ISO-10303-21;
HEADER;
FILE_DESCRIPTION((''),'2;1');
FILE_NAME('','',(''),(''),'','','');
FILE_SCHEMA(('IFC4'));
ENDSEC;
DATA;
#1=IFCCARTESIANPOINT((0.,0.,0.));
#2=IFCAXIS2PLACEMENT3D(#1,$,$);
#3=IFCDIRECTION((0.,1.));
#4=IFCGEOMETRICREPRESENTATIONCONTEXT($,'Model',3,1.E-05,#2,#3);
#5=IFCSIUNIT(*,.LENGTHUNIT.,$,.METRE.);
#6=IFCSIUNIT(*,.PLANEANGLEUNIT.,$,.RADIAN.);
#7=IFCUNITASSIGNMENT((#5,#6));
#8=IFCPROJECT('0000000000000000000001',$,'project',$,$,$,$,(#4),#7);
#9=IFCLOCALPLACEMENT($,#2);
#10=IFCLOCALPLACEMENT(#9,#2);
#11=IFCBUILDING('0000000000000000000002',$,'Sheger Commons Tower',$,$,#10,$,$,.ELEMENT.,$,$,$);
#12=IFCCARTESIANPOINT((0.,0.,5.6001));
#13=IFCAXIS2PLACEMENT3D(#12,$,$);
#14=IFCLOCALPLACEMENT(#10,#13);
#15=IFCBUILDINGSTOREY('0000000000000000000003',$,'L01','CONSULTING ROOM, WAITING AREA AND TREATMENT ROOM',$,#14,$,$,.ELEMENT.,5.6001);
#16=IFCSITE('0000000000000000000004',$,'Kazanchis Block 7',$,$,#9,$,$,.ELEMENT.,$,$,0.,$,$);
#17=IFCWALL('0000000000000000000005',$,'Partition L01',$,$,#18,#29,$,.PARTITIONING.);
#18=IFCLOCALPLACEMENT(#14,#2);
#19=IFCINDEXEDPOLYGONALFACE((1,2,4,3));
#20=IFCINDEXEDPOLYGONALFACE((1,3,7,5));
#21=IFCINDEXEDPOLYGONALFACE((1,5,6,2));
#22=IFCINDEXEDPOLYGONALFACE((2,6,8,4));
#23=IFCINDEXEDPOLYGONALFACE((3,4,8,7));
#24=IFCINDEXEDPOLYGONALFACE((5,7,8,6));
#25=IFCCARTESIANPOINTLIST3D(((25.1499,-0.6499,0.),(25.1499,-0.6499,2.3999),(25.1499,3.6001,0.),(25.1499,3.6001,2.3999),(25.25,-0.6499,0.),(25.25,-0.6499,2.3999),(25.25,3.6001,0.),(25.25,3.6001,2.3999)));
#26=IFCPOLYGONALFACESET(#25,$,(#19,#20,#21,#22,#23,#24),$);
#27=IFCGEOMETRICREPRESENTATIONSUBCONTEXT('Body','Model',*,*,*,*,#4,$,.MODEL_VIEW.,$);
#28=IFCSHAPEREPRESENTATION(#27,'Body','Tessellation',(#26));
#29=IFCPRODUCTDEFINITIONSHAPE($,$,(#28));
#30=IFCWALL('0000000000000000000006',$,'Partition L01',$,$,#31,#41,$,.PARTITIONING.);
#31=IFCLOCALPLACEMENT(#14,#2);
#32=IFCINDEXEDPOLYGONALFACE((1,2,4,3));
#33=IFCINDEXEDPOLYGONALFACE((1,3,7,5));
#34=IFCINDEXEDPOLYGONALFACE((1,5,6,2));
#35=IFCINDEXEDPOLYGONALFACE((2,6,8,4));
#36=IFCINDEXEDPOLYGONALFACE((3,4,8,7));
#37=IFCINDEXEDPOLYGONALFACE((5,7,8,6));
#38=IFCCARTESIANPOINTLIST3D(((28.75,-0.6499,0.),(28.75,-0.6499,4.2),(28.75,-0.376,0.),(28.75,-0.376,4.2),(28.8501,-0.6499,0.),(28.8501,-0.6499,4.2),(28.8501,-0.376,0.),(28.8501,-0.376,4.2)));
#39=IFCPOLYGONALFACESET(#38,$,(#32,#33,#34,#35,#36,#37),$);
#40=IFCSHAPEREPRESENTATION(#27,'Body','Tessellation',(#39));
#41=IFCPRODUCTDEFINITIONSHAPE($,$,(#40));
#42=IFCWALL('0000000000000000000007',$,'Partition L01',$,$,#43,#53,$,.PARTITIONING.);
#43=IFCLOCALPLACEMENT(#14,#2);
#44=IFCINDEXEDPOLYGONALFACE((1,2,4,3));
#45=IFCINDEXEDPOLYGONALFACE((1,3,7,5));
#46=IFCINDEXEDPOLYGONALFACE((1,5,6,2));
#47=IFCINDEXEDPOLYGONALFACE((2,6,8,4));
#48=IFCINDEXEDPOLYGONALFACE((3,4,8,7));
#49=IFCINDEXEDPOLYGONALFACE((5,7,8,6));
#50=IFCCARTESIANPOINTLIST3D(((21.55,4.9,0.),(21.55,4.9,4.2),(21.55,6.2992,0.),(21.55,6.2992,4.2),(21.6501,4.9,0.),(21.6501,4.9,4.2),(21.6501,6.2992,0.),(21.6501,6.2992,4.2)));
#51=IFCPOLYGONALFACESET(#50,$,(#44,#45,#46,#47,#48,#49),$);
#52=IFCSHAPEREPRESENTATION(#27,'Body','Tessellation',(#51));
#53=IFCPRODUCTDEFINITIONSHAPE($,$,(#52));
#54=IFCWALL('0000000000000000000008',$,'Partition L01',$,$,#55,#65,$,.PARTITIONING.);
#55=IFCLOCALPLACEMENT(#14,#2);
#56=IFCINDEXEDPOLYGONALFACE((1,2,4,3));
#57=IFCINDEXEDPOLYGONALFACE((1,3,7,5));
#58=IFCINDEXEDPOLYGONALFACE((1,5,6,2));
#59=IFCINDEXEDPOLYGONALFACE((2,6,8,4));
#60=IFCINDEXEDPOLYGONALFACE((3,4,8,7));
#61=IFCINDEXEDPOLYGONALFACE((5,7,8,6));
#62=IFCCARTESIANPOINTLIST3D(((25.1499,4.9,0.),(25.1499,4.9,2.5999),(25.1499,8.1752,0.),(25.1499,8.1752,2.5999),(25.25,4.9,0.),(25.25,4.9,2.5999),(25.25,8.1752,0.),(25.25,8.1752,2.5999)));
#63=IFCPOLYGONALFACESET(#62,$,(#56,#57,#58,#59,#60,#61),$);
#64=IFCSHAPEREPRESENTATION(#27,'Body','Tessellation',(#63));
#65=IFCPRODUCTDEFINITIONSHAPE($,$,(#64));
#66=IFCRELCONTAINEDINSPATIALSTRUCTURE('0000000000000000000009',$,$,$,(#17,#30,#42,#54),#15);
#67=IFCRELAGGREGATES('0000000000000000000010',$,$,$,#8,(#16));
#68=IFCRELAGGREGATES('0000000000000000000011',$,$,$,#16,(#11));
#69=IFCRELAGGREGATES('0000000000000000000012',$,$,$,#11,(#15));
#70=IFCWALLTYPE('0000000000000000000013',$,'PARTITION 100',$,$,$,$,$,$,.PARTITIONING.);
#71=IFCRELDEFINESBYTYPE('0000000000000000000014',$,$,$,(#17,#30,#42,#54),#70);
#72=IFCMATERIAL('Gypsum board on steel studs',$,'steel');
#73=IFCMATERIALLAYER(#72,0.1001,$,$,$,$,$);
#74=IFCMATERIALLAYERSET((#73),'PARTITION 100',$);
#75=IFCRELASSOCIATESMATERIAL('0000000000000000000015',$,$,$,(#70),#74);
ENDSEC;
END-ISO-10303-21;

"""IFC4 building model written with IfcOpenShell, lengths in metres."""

from ifc_helpers import new_model, si_unit, direction, frame, frame_2d, origin, place, context, subcontext, project, spatial, rectangle, extrude, material, layer, layer_set, type_object, element, save


model = new_model("IFC4")

# Units and contexts
model_context = context("Model", 3, precision=1e-05, world=origin(), true_north=direction((0.0, 1.0)))
body_context = subcontext(model_context, "Body", "Model", "MODEL_VIEW")
ifc_project = project(units=[si_unit("LENGTHUNIT", "METRE"), si_unit("PLANEANGLEUNIT", "RADIAN")], contexts=[model_context])

# Site, building, storey
site_placement = place(None, origin())
site = spatial("IfcSite", under=ifc_project, at=site_placement, Name="Kazanchis Block 7", CompositionType="ELEMENT", RefElevation=0.0)
building_placement = place(site_placement, origin())
building = spatial("IfcBuilding", under=site, at=building_placement, Name="Sheger Commons Tower", CompositionType="ELEMENT")
storey_placement = place(building_placement, frame((0.0, 0.0, 5.6001)))
storey = spatial("IfcBuildingStorey", under=building, at=storey_placement, Name="L01", Description="CONSULTING ROOM, WAITING AREA AND TREATMENT ROOM", CompositionType="ELEMENT", Elevation=5.6001)

# Shared definitions
ifc_material_1 = material(Name="Gypsum board on steel studs", Category="steel")
ifc_layer_1 = layer(ifc_material_1, 0.1001)
ifc_layer_set_1 = layer_set([ifc_layer_1], Name="PARTITION 100")
wall_type_1 = type_object("IfcWallType", Name="PARTITION 100", PredefinedType="PARTITIONING", material=ifc_layer_set_1)

# Walls
for number, where, z_axis, x_axis, name in (
    (1, (25.2, -0.6499, 0.0), (0.0, 0.0, 1.0), (0.0, 1.0, 0.0), "Partition L01"),
):
    element("IfcWall", number, at=place(storey_placement, frame(where, z_axis=z_axis, x_axis=x_axis)), inside=storey, type_object=wall_type_1, Name=name, PredefinedType="PARTITIONING", context=body_context, shape_type="SweptSolid", body=[
        extrude(rectangle(XDim=4.25, YDim=0.1001, at=frame_2d((2.125, 0.0))), origin(), (0.0, 0.0, 1.0), 2.3999),
    ])
wall_1_placement = place(storey_placement, frame((28.8, -0.6499, 0.0), z_axis=(0.0, 0.0, 1.0), x_axis=(0.0, 1.0, 0.0)))
element("IfcWall", 2, at=wall_1_placement, inside=storey, type_object=wall_type_1, Name="Partition L01", PredefinedType="PARTITIONING", context=body_context, shape_type="SweptSolid", body=[
    extrude(rectangle(XDim=0.2739, YDim=0.1001, at=frame_2d((0.137, 0.0))), origin(), (0.0, 0.0, 1.0), 4.2),
])
wall_2_placement = place(storey_placement, frame((21.6001, 4.8999, 0.0), z_axis=(0.0, 0.0, 1.0), x_axis=(0.0, 1.0, 0.0)))
element("IfcWall", 3, at=wall_2_placement, inside=storey, type_object=wall_type_1, Name="Partition L01", PredefinedType="PARTITIONING", context=body_context, shape_type="SweptSolid", body=[
    extrude(rectangle(XDim=1.3992, YDim=0.1001, at=frame_2d((0.6997, 0.0))), origin(), (0.0, 0.0, 1.0), 4.2),
])
wall_3_placement = place(storey_placement, frame((25.2, 4.8999, 0.0), z_axis=(0.0, 0.0, 1.0), x_axis=(0.0, 1.0, 0.0)))
element("IfcWall", 4, at=wall_3_placement, inside=storey, type_object=wall_type_1, Name="Partition L01", PredefinedType="PARTITIONING", context=body_context, shape_type="SweptSolid", body=[
    extrude(rectangle(XDim=3.2751, YDim=0.1001, at=frame_2d((1.6377, 0.0))), origin(), (0.0, 0.0, 1.0), 2.5999),
])

save(model, "model.ifc")
